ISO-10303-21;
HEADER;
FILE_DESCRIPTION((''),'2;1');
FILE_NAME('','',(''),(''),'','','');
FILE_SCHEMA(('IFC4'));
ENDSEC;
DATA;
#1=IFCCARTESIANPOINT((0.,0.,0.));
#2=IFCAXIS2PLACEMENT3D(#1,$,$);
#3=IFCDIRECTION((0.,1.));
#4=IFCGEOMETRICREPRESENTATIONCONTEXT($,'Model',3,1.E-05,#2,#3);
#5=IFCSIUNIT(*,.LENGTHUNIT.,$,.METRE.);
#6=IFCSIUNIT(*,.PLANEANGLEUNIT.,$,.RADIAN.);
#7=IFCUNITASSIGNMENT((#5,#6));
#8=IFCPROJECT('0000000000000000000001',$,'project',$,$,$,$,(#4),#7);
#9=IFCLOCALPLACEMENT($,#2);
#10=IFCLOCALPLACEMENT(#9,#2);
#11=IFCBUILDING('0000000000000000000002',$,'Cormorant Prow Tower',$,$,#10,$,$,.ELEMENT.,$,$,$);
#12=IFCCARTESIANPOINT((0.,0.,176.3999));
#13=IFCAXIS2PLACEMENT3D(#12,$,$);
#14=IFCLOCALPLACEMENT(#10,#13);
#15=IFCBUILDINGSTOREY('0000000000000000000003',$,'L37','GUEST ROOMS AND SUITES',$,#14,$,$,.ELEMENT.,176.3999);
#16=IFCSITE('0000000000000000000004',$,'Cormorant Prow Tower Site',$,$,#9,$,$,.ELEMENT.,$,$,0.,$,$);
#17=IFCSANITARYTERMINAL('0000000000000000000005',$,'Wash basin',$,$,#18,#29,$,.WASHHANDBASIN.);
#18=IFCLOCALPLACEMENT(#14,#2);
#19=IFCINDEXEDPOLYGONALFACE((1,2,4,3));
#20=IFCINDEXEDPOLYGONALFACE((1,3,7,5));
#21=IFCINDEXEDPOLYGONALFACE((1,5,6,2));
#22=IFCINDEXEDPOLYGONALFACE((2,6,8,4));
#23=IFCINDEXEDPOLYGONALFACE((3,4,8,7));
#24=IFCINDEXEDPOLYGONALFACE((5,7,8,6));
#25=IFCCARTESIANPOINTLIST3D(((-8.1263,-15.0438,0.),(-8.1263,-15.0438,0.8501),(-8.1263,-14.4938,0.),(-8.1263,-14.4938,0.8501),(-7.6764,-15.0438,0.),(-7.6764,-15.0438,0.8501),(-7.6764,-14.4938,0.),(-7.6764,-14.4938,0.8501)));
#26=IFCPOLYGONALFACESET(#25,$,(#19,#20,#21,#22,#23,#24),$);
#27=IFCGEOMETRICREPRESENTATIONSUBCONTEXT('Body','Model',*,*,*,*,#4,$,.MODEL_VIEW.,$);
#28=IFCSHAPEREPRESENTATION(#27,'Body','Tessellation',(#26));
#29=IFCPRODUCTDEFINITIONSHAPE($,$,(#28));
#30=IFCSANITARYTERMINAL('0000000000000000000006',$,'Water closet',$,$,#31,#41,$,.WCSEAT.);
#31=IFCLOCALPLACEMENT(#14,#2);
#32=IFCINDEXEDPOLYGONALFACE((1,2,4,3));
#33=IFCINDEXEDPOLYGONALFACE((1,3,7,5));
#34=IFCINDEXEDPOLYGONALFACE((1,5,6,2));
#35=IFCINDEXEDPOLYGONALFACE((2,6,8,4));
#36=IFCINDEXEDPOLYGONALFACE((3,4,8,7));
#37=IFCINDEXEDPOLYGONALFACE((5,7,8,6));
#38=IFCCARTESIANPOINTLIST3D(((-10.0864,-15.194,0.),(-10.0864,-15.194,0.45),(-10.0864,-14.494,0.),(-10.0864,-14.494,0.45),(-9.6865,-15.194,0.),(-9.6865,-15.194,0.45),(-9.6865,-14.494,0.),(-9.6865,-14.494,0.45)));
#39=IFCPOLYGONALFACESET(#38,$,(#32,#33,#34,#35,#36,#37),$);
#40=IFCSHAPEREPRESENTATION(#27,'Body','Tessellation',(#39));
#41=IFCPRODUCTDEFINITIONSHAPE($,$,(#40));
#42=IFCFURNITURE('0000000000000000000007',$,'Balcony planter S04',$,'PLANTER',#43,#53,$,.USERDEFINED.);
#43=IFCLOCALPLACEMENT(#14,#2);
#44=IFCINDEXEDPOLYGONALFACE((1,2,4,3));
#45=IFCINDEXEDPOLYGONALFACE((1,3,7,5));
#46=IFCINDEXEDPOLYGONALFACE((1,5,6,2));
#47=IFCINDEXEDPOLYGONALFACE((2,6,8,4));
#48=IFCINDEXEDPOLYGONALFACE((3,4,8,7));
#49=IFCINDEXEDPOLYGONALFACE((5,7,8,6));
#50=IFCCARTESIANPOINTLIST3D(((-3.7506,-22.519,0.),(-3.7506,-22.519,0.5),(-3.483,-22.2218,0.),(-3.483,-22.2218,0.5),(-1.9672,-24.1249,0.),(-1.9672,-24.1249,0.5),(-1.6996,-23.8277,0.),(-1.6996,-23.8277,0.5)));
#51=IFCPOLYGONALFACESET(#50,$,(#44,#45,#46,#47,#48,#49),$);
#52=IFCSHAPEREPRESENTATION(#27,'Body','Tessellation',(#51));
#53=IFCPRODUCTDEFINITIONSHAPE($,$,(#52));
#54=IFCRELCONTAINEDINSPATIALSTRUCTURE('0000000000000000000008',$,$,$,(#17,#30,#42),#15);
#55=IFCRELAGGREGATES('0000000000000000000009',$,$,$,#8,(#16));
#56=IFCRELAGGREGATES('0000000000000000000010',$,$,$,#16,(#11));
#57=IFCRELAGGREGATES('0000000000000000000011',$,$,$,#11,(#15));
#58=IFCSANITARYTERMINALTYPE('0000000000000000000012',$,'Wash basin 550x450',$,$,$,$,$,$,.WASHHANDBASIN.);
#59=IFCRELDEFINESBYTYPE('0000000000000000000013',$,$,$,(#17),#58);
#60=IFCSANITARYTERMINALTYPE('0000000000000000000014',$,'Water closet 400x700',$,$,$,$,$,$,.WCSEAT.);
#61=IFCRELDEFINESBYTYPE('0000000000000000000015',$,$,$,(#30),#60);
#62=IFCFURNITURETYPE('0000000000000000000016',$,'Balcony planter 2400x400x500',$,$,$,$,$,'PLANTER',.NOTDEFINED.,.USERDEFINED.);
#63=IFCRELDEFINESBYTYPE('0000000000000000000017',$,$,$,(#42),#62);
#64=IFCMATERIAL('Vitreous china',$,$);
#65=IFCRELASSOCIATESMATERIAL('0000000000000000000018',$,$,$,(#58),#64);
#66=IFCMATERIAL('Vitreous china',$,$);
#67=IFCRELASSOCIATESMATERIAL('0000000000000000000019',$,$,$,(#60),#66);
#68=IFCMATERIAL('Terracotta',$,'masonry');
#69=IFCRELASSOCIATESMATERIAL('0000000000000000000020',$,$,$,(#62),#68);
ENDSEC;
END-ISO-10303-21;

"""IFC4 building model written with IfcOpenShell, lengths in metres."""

from ifc_helpers import new_model, si_unit, direction, frame, origin, origin_2d, place, context, subcontext, project, spatial, rectangle, extrude, material, type_object, element, save


model = new_model("IFC4")

# Units and contexts
model_context = context("Model", 3, precision=1e-05, world=origin(), true_north=direction((0.0, 1.0)))
body_context = subcontext(model_context, "Body", "Model", "MODEL_VIEW")
ifc_project = project(units=[si_unit("LENGTHUNIT", "METRE"), si_unit("PLANEANGLEUNIT", "RADIAN")], contexts=[model_context])

# Site, building, storey
site_placement = place(None, origin())
site = spatial("IfcSite", under=ifc_project, at=site_placement, Name="Cormorant Prow Tower Site", CompositionType="ELEMENT", RefElevation=0.0)
building_placement = place(site_placement, origin())
building = spatial("IfcBuilding", under=site, at=building_placement, Name="Cormorant Prow Tower", CompositionType="ELEMENT")
storey_placement = place(building_placement, frame((0.0, 0.0, 176.3999)))
storey = spatial("IfcBuildingStorey", under=building, at=storey_placement, Name="L37", Description="GUEST ROOMS AND SUITES", CompositionType="ELEMENT", Elevation=176.3999)

# Sanitary terminals
ifc_material_1 = material(Name="Vitreous china")
sanitary_terminal_type_1 = type_object("IfcSanitaryTerminalType", Name="Wash basin 550x450", PredefinedType="WASHHANDBASIN", material=ifc_material_1)
sanitary_terminal_1_placement = place(storey_placement, frame((-7.9014, -14.7688, 0.0), z_axis=(0.0, 0.0, 1.0), x_axis=(0.0, -1.0, 0.0)))
element("IfcSanitaryTerminal", 1, at=sanitary_terminal_1_placement, inside=storey, type_object=sanitary_terminal_type_1, Name="Wash basin", PredefinedType="WASHHANDBASIN", context=body_context, shape_type="SweptSolid", body=[
    extrude(rectangle(XDim=0.55, YDim=0.45, at=origin_2d()), origin(), (0.0, 0.0, 1.0), 0.8501),
])
ifc_material_2 = material(Name="Vitreous china")
sanitary_terminal_type_2 = type_object("IfcSanitaryTerminalType", Name="Water closet 400x700", PredefinedType="WCSEAT", material=ifc_material_2)
sanitary_terminal_2_placement = place(storey_placement, frame((-9.8865, -14.844, 0.0), z_axis=(0.0, 0.0, 1.0), x_axis=(1.0, 0.0, 0.0)))
element("IfcSanitaryTerminal", 2, at=sanitary_terminal_2_placement, inside=storey, type_object=sanitary_terminal_type_2, Name="Water closet", PredefinedType="WCSEAT", context=body_context, shape_type="SweptSolid", body=[
    extrude(rectangle(XDim=0.3999, YDim=0.7, at=origin_2d()), origin(), (0.0, 0.0, 1.0), 0.45),
])

# Furniture
ifc_material_3 = material(Name="Terracotta", Category="masonry")
furniture_type = type_object("IfcFurnitureType", Name="Balcony planter 2400x400x500", ElementType="PLANTER", AssemblyPlace="NOTDEFINED", PredefinedType="USERDEFINED", material=ifc_material_3)
furniture_placement = place(storey_placement, frame((-2.7251, -23.1733, 0.0), z_axis=(0.0, 0.0, 1.0), x_axis=(0.743145, -0.669131, 0.0)))
element("IfcFurniture", 3, at=furniture_placement, inside=storey, type_object=furniture_type, Name="Balcony planter S04", ObjectType="PLANTER", PredefinedType="USERDEFINED", context=body_context, shape_type="SweptSolid", body=[
    extrude(rectangle(XDim=2.3999, YDim=0.3999, at=origin_2d()), origin(), (0.0, 0.0, 1.0), 0.5),
])

save(model, "model.ifc")
